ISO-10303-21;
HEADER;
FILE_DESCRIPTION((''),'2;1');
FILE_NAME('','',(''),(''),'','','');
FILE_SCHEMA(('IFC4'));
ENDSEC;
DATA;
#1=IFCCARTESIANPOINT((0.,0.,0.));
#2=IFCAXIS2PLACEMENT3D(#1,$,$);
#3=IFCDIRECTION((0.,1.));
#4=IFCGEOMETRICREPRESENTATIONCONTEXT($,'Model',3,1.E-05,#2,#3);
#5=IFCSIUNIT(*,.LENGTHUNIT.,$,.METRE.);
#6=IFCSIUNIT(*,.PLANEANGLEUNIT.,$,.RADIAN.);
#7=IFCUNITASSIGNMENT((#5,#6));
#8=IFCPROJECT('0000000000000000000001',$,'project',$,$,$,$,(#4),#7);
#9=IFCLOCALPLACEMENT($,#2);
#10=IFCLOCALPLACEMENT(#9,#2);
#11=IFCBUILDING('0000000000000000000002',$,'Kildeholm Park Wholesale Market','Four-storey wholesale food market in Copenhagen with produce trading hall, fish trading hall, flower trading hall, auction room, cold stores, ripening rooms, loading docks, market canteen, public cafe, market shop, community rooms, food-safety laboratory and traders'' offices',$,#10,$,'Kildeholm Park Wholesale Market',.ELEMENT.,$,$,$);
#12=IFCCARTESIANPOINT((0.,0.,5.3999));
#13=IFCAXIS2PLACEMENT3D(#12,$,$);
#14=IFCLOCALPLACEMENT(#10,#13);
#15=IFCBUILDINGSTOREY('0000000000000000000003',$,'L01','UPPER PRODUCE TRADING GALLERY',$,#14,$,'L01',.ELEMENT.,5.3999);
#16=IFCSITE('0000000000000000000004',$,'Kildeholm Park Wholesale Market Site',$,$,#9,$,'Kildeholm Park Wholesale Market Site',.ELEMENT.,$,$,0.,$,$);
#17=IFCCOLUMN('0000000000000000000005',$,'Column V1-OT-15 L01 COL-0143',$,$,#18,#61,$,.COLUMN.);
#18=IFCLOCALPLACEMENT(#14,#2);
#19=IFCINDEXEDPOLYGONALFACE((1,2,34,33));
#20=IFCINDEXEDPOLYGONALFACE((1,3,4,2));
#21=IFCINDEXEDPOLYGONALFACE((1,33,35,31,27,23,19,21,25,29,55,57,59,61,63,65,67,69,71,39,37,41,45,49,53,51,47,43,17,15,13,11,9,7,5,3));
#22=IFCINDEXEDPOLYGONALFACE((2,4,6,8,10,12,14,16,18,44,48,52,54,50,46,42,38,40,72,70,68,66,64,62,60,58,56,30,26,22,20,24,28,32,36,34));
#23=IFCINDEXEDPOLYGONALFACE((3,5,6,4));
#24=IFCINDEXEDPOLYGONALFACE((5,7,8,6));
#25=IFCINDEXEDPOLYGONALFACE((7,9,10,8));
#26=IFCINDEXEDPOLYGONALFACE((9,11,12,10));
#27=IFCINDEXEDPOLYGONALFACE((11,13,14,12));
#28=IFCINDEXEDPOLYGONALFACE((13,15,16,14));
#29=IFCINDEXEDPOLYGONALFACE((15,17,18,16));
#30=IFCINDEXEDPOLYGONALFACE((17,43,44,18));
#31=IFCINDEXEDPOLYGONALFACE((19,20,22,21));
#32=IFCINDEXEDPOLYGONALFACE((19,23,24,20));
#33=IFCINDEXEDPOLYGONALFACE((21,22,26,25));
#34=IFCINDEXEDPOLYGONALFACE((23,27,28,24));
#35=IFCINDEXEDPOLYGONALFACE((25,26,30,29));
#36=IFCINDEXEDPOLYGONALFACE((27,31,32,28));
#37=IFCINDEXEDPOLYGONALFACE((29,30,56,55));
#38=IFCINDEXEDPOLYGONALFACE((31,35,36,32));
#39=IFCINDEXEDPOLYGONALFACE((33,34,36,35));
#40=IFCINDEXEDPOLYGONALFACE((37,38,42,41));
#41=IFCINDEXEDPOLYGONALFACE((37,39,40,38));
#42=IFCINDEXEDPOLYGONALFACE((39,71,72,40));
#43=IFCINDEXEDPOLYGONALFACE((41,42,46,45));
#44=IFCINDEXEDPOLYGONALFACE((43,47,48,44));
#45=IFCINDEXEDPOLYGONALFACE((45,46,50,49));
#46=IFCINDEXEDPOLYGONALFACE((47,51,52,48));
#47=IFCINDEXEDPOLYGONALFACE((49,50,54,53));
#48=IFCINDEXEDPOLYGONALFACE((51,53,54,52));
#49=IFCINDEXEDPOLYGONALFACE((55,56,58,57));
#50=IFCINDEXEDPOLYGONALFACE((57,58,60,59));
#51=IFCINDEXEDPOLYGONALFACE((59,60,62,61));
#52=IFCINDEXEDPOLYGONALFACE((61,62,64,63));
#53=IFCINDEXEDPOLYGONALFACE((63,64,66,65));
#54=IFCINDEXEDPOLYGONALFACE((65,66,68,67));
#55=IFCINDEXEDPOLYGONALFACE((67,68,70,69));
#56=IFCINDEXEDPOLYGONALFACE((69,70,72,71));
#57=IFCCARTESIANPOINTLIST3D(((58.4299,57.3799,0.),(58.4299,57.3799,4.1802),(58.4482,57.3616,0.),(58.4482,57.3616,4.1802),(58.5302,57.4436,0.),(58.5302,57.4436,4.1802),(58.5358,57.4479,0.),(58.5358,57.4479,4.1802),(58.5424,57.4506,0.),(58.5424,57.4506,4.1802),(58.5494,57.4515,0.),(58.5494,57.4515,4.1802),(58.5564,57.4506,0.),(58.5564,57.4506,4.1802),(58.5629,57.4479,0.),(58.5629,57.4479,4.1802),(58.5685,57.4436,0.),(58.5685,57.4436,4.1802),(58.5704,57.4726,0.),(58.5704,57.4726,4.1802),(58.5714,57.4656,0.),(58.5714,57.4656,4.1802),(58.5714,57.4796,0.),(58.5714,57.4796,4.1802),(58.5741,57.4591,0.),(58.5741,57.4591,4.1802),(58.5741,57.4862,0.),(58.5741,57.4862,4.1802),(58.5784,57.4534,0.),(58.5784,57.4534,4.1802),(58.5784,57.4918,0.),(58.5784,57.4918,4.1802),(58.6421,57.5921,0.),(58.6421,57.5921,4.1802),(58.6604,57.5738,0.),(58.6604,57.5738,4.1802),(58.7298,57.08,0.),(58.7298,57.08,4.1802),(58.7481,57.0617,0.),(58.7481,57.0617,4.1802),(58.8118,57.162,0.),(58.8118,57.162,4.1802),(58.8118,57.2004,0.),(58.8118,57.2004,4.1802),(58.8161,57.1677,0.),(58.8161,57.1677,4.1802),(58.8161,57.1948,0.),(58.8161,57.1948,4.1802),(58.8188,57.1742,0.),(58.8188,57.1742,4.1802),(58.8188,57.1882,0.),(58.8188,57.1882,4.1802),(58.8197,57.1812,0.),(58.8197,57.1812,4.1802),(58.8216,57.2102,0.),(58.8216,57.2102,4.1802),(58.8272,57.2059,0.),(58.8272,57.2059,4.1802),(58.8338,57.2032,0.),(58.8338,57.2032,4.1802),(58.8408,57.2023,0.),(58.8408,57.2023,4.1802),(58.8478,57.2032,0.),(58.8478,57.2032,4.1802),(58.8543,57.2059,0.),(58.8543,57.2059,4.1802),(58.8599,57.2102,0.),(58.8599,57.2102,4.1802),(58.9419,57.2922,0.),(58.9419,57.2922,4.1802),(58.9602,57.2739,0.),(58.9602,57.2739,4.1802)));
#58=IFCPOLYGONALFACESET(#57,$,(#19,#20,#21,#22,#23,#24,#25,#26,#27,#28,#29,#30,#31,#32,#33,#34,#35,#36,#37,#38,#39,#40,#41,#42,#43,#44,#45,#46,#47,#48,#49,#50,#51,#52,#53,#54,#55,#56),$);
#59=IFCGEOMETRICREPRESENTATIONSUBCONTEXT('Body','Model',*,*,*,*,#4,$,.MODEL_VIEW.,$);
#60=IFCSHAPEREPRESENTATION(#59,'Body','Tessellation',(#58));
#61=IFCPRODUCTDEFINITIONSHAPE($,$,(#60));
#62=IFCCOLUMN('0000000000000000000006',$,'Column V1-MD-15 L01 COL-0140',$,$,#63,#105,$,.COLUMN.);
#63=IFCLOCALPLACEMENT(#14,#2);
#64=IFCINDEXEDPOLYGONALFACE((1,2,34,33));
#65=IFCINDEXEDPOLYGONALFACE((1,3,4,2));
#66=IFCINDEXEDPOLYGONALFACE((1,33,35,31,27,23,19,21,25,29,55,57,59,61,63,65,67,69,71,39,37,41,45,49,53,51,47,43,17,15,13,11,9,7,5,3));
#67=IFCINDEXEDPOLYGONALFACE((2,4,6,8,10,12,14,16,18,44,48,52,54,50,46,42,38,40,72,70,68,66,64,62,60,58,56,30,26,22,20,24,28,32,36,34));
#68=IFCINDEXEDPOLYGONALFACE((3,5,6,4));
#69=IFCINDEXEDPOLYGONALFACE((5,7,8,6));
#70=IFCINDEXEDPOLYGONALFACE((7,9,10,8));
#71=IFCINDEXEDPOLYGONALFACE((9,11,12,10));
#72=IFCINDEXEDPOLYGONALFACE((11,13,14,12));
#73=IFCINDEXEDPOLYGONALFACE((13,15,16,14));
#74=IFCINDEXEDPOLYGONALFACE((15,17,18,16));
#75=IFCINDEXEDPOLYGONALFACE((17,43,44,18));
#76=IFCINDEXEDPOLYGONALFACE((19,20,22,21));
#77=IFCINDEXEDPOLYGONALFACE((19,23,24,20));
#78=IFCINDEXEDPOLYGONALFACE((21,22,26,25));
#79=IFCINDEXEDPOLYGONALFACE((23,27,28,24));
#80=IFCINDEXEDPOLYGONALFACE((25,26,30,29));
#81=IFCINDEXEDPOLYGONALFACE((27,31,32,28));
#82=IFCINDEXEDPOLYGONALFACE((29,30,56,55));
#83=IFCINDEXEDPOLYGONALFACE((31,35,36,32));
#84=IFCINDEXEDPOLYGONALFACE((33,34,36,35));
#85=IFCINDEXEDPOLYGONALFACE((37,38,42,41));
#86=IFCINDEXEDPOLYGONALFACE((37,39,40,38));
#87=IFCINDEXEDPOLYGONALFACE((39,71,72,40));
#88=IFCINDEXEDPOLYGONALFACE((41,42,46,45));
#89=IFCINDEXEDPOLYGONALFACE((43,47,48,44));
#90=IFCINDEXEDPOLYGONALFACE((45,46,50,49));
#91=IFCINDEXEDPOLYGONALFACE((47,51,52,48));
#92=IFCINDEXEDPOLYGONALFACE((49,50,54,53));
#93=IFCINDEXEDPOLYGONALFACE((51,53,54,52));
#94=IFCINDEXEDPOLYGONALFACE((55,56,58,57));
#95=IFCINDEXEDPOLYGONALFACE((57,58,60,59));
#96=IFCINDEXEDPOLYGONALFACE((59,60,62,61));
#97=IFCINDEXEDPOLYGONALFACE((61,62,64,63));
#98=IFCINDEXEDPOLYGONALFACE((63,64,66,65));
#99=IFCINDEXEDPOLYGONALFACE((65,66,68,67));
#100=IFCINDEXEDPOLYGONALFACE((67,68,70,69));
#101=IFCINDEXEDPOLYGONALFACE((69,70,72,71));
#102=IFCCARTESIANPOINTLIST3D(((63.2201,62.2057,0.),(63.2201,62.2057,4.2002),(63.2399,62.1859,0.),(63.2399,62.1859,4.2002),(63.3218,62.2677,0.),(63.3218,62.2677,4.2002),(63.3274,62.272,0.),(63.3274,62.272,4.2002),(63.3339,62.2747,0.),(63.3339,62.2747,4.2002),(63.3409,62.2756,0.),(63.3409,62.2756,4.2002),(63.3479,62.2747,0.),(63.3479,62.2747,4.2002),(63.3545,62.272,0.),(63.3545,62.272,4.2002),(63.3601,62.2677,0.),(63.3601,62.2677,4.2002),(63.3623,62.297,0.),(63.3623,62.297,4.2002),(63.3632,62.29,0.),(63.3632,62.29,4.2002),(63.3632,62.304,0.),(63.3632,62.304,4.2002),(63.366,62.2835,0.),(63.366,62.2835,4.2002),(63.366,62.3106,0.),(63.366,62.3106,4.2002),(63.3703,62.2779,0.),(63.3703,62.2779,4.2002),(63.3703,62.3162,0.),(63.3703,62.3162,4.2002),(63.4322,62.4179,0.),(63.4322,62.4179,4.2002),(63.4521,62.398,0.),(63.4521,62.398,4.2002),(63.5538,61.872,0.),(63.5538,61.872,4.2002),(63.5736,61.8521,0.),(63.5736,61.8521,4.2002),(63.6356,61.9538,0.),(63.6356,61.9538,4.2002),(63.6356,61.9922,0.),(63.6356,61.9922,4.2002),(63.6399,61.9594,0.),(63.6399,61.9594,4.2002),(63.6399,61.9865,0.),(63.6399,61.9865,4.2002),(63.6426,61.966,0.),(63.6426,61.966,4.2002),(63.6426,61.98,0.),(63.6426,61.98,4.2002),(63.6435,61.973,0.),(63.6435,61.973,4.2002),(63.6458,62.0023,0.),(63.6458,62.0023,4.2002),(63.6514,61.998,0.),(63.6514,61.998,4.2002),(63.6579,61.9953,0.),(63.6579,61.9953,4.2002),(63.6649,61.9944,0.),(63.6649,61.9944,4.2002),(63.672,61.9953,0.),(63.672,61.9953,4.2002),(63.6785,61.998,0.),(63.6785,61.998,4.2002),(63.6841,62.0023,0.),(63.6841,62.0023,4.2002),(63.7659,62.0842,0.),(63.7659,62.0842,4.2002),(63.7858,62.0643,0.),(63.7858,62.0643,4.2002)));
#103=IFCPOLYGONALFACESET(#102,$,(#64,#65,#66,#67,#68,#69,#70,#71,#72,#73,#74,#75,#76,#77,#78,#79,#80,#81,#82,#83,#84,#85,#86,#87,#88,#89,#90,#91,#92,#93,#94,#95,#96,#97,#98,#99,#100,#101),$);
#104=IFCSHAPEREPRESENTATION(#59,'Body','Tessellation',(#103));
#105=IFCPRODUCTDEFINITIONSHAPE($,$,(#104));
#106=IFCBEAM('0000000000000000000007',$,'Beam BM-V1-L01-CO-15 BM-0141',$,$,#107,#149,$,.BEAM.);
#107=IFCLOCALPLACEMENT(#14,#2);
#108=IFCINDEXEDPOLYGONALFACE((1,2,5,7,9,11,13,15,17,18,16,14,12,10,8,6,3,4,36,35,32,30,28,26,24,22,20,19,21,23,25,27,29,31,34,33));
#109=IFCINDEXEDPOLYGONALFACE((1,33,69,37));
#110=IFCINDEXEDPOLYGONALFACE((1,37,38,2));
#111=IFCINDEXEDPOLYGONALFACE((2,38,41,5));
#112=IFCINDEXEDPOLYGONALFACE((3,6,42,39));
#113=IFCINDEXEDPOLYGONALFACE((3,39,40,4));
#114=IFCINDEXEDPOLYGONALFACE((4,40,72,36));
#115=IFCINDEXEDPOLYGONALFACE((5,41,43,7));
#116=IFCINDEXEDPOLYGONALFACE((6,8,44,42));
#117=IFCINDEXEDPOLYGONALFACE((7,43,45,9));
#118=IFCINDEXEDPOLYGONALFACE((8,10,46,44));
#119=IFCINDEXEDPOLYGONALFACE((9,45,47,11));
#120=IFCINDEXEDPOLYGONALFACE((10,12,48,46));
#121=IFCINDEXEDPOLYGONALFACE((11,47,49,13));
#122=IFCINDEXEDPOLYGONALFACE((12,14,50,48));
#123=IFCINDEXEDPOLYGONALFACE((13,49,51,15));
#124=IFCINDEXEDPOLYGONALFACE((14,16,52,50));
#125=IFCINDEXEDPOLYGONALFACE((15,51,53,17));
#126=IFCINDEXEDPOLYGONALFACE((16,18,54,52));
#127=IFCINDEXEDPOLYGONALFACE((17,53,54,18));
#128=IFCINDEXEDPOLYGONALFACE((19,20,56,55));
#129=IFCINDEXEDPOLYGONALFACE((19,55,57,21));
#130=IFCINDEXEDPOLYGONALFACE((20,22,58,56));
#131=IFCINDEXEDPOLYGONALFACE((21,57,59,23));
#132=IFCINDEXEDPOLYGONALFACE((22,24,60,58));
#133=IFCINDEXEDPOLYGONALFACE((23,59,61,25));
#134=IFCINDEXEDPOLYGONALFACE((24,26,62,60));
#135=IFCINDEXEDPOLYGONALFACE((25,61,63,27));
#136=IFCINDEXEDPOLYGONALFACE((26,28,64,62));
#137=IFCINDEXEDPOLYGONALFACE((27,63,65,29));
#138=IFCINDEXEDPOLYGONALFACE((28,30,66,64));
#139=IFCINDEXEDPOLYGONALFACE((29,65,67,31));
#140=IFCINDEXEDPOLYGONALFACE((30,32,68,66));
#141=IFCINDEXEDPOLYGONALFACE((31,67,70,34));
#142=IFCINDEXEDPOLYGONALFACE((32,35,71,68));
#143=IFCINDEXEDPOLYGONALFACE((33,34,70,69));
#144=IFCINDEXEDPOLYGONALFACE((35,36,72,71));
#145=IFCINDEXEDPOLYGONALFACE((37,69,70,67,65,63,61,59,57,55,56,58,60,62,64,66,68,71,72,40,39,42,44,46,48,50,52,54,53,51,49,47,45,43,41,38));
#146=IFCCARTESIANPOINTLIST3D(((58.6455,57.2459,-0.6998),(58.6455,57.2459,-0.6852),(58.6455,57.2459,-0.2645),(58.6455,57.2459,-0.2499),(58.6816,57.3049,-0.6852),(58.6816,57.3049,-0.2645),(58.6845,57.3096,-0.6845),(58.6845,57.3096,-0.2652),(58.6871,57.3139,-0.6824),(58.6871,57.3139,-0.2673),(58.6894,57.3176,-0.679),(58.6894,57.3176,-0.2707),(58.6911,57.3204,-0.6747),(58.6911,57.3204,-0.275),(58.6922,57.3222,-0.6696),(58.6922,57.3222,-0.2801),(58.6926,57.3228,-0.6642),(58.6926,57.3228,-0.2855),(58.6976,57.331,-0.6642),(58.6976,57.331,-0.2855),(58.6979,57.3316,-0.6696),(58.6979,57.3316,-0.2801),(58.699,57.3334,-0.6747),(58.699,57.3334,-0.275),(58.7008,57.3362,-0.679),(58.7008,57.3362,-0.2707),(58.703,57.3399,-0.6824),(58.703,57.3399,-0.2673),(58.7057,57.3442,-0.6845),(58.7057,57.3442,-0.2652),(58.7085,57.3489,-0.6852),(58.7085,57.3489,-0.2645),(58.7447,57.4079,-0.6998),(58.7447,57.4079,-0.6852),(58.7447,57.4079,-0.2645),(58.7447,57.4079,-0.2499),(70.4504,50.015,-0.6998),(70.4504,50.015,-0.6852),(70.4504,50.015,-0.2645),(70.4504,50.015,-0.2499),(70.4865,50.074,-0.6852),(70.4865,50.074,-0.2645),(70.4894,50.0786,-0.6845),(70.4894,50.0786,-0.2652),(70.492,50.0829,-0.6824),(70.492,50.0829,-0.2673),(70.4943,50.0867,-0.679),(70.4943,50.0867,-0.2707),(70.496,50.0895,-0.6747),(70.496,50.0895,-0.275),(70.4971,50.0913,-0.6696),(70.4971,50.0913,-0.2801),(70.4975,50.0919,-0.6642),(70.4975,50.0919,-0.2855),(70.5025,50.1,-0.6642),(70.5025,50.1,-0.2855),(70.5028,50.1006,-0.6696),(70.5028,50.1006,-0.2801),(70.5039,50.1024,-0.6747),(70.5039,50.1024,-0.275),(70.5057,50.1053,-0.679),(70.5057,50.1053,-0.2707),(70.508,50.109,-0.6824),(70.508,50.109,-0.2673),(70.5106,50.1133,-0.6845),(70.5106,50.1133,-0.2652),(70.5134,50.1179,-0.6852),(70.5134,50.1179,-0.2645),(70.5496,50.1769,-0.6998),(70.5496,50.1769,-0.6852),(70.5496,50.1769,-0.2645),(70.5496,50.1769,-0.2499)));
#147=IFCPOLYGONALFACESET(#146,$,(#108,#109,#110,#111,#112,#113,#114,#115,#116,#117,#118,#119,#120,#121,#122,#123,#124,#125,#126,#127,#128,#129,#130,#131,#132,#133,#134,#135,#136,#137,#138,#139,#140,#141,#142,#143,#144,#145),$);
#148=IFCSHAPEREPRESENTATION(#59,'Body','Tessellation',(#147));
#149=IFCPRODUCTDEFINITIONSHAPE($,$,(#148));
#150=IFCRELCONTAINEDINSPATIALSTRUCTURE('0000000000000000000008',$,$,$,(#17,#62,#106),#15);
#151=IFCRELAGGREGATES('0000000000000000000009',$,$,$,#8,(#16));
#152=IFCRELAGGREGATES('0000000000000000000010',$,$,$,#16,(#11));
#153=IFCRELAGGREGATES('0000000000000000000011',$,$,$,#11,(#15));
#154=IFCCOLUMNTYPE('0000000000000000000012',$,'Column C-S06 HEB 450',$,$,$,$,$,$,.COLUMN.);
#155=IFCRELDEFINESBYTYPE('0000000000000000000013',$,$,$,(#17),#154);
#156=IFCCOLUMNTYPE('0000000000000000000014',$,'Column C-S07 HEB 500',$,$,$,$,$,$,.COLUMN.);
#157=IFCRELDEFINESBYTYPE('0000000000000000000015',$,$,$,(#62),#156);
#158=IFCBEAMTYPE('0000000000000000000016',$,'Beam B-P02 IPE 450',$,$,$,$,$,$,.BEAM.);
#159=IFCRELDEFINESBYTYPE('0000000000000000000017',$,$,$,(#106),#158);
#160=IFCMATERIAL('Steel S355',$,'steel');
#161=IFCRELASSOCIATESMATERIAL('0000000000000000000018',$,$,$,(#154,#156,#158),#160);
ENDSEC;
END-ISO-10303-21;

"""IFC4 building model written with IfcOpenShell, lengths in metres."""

from ifc_helpers import new_model, si_unit, direction, frame, origin, origin_2d, place, context, subcontext, project, spatial, i_section, extrude, material, material_profile, profile_set, type_object, element, save


model = new_model("IFC4")

# Units and contexts
model_context = context("Model", 3, precision=1e-05, world=origin(), true_north=direction((0.0, 1.0)))
body_context = subcontext(model_context, "Body", "Model", "MODEL_VIEW")
ifc_project = project(units=[si_unit("LENGTHUNIT", "METRE"), si_unit("PLANEANGLEUNIT", "RADIAN")], contexts=[model_context])

# Site, building, storey
site_placement = place(None, origin())
site = spatial("IfcSite", under=ifc_project, at=site_placement, Name="Kildeholm Park Wholesale Market Site", LongName="Kildeholm Park Wholesale Market Site", CompositionType="ELEMENT", RefElevation=0.0)
building_placement = place(site_placement, origin())
building = spatial("IfcBuilding", under=site, at=building_placement, Name="Kildeholm Park Wholesale Market", Description="Four-storey wholesale food market in Copenhagen with produce trading hall, fish trading hall, flower trading hall, auction room, cold stores, ripening rooms, loading docks, market canteen, public cafe, market shop, community rooms, food-safety laboratory and traders' offices", LongName="Kildeholm Park Wholesale Market", CompositionType="ELEMENT")
storey_placement = place(building_placement, frame((0.0, 0.0, 5.3999)))
storey = spatial("IfcBuildingStorey", under=building, at=storey_placement, Name="L01", Description="UPPER PRODUCE TRADING GALLERY", LongName="L01", CompositionType="ELEMENT", Elevation=5.3999)

# Columns
ifc_material_1 = material(Name="Steel S355", Category="steel")
ifc_material_profile_1 = material_profile(ifc_material_1, i_section(OverallWidth=0.3, OverallDepth=0.45, WebThickness=0.0139, FlangeThickness=0.0259, FilletRadius=0.0271, at=origin_2d()), Name="HEB 450")
ifc_profile_set_1 = profile_set([ifc_material_profile_1], Name="Steel S355")
column_type_1 = type_object("IfcColumnType", Name="Column C-S06 HEB 450", PredefinedType="COLUMN", material=ifc_profile_set_1)
column_1_placement = place(storey_placement, frame((58.6951, 57.3269, 0.0), z_axis=(0.0, 0.0, 1.0), x_axis=(-0.707107, -0.707107, 0.0)))
element("IfcColumn", 1, at=column_1_placement, inside=storey, type_object=column_type_1, Name="Column V1-OT-15 L01 COL-0143", PredefinedType="COLUMN", context=body_context, shape_type="SweptSolid", body=[
    extrude(i_section(OverallWidth=0.3, OverallDepth=0.45, WebThickness=0.0139, FlangeThickness=0.0259, FilletRadius=0.0271, at=origin_2d()), origin(), (0.0, 0.0, 1.0), 4.1802),
])
ifc_material_profile_2 = material_profile(ifc_material_1, i_section(OverallWidth=0.3, OverallDepth=0.5, WebThickness=0.0144, FlangeThickness=0.0281, FilletRadius=0.0271, at=origin_2d()), Name="HEB 500")
ifc_profile_set_2 = profile_set([ifc_material_profile_2], Name="Steel S355")
column_type_2 = type_object("IfcColumnType", Name="Column C-S07 HEB 500", PredefinedType="COLUMN", material=ifc_profile_set_2)
column_2_placement = place(storey_placement, frame((63.5029, 62.135, 0.0), z_axis=(0.0, 0.0, 1.0), x_axis=(-0.707107, -0.707107, 0.0)))
element("IfcColumn", 2, at=column_2_placement, inside=storey, type_object=column_type_2, Name="Column V1-MD-15 L01 COL-0140", PredefinedType="COLUMN", context=body_context, shape_type="SweptSolid", body=[
    extrude(i_section(OverallWidth=0.3, OverallDepth=0.5, WebThickness=0.0144, FlangeThickness=0.0281, FilletRadius=0.0271, at=origin_2d()), origin(), (0.0, 0.0, 1.0), 4.2002),
])

# Beam
ifc_material_profile_3 = material_profile(ifc_material_1, i_section(OverallWidth=0.1899, OverallDepth=0.45, WebThickness=0.0095, FlangeThickness=0.0146, FilletRadius=0.021, at=origin_2d()), Name="IPE 450")
ifc_profile_set_3 = profile_set([ifc_material_profile_3], Name="Steel S355")
beam_type_1 = type_object("IfcBeamType", Name="Beam B-P02 IPE 450", PredefinedType="BEAM", material=ifc_profile_set_3)
beam_1_placement = place(storey_placement, frame((58.6951, 57.3269, -0.4749), z_axis=(0.85274, -0.522335, 0.0), x_axis=(0.522335, 0.85274, 0.0)))
element("IfcBeam", 3, at=beam_1_placement, inside=storey, type_object=beam_type_1, Name="Beam BM-V1-L01-CO-15 BM-0141", PredefinedType="BEAM", context=body_context, shape_type="SweptSolid", body=[
    extrude(i_section(OverallWidth=0.1899, OverallDepth=0.45, WebThickness=0.0095, FlangeThickness=0.0146, FilletRadius=0.021, at=origin_2d()), origin(), (0.0, 0.0, 1.0), 13.8435),
])

save(model, "model.ifc")
